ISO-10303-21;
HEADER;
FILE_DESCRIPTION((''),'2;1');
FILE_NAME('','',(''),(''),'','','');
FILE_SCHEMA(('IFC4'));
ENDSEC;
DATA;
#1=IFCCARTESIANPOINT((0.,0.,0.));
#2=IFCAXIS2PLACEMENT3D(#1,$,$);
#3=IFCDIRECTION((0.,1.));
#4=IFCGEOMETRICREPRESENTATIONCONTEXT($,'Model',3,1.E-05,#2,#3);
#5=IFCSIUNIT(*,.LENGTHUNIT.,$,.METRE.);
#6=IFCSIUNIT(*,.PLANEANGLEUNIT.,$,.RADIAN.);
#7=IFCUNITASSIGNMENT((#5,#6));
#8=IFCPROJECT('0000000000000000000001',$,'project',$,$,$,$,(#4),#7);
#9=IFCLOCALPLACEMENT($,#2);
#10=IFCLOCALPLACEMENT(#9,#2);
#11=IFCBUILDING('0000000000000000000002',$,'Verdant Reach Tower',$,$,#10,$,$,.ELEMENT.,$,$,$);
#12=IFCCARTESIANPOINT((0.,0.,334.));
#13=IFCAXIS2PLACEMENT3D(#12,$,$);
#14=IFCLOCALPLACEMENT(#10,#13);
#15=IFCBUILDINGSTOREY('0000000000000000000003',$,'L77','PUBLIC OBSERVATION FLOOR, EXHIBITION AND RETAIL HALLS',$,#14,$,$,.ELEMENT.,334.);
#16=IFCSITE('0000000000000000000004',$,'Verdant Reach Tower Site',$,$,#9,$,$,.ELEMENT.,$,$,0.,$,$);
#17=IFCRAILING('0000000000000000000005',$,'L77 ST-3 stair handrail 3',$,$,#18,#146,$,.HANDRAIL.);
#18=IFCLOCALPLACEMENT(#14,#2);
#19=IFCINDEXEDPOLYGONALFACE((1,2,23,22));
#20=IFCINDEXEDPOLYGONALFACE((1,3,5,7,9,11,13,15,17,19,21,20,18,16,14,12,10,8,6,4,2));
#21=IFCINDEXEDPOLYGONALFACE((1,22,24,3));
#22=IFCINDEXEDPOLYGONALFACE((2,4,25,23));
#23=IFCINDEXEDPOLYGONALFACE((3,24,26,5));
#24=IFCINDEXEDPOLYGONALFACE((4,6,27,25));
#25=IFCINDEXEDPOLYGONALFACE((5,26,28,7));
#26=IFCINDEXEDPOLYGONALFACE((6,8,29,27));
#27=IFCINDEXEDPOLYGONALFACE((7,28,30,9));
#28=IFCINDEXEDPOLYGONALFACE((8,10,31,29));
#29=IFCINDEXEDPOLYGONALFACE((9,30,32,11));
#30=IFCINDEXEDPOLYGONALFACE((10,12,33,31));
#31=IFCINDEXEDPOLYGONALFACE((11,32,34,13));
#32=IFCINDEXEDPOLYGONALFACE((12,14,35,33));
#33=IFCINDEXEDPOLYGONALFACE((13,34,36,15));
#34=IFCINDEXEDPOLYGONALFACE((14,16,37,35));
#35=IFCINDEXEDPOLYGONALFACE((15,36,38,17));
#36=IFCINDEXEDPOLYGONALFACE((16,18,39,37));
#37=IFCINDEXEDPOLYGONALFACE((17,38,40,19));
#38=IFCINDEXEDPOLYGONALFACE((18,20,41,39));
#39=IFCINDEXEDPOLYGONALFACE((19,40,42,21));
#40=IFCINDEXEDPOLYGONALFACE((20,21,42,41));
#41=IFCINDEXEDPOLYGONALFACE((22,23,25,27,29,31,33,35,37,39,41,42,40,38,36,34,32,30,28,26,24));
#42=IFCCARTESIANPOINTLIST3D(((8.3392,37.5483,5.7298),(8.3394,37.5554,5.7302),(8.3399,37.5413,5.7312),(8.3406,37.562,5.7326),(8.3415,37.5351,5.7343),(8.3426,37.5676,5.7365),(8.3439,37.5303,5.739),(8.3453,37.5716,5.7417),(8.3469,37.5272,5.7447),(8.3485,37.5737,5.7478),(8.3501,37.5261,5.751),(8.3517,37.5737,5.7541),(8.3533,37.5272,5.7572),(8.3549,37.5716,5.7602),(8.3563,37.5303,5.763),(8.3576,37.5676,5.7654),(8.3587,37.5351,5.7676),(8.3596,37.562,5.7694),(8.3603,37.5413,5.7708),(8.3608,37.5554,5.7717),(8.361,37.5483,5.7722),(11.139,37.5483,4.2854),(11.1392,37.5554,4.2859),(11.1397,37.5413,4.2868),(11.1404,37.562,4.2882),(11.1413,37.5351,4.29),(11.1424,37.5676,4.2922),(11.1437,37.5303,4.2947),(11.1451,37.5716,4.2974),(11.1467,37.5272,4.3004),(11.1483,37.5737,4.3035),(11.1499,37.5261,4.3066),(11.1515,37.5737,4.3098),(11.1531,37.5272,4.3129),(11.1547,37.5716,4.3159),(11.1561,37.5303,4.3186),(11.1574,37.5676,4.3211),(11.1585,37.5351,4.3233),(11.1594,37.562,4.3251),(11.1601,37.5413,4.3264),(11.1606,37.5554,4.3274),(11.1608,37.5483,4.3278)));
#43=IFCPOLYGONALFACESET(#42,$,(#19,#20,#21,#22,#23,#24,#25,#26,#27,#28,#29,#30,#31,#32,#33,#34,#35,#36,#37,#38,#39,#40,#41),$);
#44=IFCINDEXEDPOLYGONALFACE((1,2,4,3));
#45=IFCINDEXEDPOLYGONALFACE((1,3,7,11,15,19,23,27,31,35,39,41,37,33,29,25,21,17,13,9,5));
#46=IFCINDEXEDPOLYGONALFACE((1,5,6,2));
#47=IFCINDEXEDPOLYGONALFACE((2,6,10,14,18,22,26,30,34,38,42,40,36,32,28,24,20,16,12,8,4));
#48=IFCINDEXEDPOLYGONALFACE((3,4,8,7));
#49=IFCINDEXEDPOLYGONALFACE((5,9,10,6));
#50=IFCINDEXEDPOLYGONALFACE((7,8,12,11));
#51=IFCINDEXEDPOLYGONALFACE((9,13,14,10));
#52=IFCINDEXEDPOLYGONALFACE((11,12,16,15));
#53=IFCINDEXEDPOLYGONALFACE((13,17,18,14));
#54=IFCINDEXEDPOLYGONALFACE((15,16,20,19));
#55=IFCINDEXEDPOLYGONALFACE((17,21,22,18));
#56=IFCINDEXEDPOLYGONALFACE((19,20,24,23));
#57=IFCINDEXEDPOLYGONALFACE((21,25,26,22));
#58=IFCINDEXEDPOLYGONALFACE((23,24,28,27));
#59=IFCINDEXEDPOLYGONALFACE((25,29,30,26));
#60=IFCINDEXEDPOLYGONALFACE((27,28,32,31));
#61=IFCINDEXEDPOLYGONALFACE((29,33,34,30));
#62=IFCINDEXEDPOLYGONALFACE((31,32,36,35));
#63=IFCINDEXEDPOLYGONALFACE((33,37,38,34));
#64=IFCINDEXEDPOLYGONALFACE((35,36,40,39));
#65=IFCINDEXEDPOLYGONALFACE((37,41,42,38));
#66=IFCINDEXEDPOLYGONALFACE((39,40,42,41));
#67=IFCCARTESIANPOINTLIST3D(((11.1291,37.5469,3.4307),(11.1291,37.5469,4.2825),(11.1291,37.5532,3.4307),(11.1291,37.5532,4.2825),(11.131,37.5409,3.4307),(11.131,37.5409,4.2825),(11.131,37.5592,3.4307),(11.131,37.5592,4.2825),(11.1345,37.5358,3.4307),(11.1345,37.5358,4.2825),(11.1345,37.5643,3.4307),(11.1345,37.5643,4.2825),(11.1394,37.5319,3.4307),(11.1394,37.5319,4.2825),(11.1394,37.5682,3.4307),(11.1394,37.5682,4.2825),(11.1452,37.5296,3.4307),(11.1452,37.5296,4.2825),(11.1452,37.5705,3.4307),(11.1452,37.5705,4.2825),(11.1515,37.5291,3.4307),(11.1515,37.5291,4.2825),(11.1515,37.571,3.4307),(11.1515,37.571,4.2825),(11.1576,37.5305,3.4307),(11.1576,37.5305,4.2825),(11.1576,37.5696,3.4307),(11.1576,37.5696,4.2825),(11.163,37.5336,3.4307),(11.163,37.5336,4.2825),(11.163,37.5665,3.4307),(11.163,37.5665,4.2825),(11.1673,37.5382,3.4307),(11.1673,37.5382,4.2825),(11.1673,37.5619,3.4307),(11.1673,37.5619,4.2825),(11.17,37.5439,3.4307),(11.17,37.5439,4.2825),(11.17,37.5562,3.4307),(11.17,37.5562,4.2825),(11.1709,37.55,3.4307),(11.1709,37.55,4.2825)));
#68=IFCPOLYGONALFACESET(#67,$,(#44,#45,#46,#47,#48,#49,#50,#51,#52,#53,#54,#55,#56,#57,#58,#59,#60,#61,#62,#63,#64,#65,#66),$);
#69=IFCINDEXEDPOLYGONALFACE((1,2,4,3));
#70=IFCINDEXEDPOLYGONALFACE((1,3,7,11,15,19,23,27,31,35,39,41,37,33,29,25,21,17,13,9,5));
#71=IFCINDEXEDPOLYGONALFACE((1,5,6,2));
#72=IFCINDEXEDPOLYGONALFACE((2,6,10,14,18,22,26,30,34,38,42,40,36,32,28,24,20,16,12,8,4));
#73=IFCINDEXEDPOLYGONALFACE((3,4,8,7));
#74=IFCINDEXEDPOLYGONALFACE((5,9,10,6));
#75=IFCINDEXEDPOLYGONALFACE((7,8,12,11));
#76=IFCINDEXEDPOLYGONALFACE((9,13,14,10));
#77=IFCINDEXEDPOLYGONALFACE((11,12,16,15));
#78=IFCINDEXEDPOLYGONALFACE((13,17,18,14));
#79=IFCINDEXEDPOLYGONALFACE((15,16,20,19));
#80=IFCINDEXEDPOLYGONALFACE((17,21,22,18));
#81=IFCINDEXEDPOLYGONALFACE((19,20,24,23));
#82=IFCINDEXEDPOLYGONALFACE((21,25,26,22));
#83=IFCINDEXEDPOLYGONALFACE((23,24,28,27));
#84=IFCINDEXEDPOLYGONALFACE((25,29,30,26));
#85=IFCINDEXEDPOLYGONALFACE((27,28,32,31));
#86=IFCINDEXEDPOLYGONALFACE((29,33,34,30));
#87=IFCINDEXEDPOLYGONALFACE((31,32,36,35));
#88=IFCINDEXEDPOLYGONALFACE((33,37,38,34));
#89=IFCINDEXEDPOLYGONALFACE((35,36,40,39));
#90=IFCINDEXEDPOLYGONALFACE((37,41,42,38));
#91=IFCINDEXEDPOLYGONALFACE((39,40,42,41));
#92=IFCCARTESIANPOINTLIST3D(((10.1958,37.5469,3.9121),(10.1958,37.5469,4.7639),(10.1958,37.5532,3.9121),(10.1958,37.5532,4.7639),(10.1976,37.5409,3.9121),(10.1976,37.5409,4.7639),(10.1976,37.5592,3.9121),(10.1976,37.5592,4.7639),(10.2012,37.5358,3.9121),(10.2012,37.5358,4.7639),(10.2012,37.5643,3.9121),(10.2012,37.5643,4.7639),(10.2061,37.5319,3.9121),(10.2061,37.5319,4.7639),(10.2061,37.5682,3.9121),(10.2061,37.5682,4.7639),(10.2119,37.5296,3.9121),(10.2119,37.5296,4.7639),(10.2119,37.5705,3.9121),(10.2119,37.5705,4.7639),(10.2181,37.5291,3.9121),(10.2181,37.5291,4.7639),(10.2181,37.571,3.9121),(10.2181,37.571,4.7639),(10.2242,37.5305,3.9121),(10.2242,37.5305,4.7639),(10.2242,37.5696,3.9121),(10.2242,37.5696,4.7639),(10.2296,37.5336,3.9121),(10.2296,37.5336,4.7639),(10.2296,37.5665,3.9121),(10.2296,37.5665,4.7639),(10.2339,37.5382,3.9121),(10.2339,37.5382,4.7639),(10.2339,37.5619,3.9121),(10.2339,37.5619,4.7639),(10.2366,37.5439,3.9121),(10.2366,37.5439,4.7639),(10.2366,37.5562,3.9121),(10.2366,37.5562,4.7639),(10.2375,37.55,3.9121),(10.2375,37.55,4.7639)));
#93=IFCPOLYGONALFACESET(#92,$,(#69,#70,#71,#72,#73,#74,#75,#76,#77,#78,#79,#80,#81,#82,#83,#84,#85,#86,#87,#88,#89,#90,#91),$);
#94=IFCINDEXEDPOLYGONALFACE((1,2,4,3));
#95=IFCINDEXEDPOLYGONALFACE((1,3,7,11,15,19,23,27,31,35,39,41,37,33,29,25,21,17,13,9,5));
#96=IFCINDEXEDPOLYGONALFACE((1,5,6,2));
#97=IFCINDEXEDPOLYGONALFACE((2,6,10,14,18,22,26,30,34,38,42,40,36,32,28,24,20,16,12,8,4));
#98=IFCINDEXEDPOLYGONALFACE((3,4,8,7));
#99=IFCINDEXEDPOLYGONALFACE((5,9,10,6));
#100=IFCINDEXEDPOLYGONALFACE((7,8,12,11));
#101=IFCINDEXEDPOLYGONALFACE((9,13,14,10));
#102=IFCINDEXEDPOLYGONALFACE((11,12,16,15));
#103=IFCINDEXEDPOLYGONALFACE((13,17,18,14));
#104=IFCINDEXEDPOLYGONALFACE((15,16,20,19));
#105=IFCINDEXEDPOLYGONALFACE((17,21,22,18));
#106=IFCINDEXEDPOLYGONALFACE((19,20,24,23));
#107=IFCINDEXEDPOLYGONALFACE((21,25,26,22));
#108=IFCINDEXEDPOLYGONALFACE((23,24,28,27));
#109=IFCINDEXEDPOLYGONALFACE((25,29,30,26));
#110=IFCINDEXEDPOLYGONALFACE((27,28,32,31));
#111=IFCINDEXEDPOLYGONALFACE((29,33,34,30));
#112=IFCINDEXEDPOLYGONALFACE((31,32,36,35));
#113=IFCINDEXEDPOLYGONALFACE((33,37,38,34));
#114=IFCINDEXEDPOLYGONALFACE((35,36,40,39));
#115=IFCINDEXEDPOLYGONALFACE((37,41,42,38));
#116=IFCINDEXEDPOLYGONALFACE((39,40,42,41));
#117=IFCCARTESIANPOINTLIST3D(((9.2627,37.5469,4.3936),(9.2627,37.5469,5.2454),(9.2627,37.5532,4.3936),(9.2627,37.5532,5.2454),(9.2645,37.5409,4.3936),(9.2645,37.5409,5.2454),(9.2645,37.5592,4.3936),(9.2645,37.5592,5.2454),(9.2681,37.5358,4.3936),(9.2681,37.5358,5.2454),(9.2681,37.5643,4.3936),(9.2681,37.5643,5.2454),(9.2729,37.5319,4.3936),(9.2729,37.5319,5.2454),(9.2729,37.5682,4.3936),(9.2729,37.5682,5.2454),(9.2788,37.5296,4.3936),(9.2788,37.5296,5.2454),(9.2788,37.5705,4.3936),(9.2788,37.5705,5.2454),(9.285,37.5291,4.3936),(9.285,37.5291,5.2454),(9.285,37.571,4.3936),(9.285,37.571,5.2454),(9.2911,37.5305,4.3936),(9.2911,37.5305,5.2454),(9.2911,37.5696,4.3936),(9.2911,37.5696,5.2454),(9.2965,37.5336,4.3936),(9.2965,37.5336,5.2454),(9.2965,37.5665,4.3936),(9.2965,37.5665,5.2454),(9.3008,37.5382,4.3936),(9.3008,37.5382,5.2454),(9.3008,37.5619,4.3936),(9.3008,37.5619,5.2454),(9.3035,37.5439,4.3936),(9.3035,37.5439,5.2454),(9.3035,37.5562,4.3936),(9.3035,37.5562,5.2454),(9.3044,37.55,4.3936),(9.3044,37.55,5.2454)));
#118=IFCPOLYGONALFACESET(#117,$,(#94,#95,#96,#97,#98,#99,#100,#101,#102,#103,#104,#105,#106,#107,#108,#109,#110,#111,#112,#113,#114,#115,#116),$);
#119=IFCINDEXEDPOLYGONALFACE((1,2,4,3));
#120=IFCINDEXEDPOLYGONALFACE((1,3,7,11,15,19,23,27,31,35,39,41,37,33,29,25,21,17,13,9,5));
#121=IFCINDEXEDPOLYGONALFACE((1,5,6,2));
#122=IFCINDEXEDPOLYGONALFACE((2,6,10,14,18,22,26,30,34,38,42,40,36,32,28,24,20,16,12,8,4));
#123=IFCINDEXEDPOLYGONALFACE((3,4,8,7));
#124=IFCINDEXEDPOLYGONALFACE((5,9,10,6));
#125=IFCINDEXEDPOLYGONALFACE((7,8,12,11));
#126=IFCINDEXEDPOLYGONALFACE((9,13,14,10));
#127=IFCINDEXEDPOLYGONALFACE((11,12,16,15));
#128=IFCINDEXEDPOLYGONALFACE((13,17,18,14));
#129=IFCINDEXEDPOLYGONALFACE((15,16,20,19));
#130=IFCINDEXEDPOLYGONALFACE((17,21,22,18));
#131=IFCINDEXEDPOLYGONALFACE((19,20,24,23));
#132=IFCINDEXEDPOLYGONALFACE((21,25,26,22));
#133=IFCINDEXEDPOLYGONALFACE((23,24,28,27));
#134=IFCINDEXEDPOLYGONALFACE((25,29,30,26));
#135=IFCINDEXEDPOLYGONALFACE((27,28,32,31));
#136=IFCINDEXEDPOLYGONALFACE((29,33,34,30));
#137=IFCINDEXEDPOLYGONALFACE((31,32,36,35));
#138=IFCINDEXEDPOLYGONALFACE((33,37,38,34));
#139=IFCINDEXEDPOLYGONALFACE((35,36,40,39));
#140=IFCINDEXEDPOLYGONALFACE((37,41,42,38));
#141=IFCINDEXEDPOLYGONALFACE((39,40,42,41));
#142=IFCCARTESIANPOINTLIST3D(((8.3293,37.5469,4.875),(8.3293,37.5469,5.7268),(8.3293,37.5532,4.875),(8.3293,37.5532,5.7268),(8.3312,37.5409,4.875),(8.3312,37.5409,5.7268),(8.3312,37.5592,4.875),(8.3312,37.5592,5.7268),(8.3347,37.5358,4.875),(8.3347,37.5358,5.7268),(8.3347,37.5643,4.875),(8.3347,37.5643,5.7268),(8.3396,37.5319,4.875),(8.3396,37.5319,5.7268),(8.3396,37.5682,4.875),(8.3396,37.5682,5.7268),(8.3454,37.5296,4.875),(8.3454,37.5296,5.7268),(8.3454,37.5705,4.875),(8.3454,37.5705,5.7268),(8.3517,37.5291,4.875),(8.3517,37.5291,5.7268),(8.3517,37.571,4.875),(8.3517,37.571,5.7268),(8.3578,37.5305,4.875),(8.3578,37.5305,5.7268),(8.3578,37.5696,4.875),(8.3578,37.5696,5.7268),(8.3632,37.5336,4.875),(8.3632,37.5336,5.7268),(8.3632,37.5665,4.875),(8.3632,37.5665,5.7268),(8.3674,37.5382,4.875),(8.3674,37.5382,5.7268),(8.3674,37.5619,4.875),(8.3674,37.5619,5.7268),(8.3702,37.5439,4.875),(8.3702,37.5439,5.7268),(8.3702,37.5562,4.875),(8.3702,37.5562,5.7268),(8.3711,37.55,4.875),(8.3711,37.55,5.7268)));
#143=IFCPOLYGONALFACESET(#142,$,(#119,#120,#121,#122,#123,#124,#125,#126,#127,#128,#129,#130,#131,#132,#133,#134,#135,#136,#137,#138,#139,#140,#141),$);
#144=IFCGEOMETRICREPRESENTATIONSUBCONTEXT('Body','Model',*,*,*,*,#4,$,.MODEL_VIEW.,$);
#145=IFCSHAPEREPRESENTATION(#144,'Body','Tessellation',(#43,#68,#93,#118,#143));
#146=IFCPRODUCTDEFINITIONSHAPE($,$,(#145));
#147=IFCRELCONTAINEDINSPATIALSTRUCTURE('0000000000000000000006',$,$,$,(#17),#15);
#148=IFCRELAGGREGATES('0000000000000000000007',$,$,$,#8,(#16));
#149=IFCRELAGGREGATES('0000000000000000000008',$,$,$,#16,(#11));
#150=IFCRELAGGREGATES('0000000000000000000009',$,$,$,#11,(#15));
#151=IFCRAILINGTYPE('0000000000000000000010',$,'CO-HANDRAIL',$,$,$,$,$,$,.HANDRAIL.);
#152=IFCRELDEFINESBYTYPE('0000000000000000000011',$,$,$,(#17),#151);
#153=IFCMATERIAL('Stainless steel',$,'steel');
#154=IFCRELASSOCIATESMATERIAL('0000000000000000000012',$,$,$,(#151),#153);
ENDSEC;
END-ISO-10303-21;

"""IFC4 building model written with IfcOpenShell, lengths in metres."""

from ifc_helpers import new_model, si_unit, direction, frame, origin, origin_2d, place, context, subcontext, project, spatial, circle, extrude, material, type_object, element, save


model = new_model("IFC4")

# Units and contexts
model_context = context("Model", 3, precision=1e-05, world=origin(), true_north=direction((0.0, 1.0)))
body_context = subcontext(model_context, "Body", "Model", "MODEL_VIEW")
ifc_project = project(units=[si_unit("LENGTHUNIT", "METRE"), si_unit("PLANEANGLEUNIT", "RADIAN")], contexts=[model_context])

# Site, building, storey
site_placement = place(None, origin())
site = spatial("IfcSite", under=ifc_project, at=site_placement, Name="Verdant Reach Tower Site", CompositionType="ELEMENT", RefElevation=0.0)
building_placement = place(site_placement, origin())
building = spatial("IfcBuilding", under=site, at=building_placement, Name="Verdant Reach Tower", CompositionType="ELEMENT")
storey_placement = place(building_placement, frame((0.0, 0.0, 334.0)))
storey = spatial("IfcBuildingStorey", under=building, at=storey_placement, Name="L77", Description="PUBLIC OBSERVATION FLOOR, EXHIBITION AND RETAIL HALLS", CompositionType="ELEMENT", Elevation=334.0)

# Railing
ifc_material_1 = material(Name="Stainless steel", Category="steel")
railing_type_1 = type_object("IfcRailingType", Name="CO-HANDRAIL", PredefinedType="HANDRAIL", material=ifc_material_1)
railing_1_placement = place(storey_placement, frame((11.1499, 37.55, 3.4307)))
element("IfcRailing", 1, at=railing_1_placement, inside=storey, type_object=railing_type_1, Name="L77 ST-3 stair handrail 3", PredefinedType="HANDRAIL", context=body_context, shape_type="SweptSolid", body=[
    extrude(circle(Radius=0.0239, at=origin_2d()), frame((0.0, 0.0, 0.876), z_axis=(-0.888714, 0.0, 0.458461), x_axis=(0.0, -1.0, 0.0)), (0.0, 0.0, 1.0), 3.1504),
    extrude(circle(Radius=0.021, at=origin_2d()), origin(), (0.0, 0.0, 1.0), 0.8518),
    extrude(circle(Radius=0.021, at=origin_2d()), frame((-0.9333, 0.0, 0.4814)), (0.0, 0.0, 1.0), 0.8518),
    extrude(circle(Radius=0.021, at=origin_2d()), frame((-1.8665, 0.0, 0.9629)), (0.0, 0.0, 1.0), 0.8518),
    extrude(circle(Radius=0.021, at=origin_2d()), frame((-2.7998, 0.0, 1.4443)), (0.0, 0.0, 1.0), 0.8518),
])

save(model, "model.ifc")
